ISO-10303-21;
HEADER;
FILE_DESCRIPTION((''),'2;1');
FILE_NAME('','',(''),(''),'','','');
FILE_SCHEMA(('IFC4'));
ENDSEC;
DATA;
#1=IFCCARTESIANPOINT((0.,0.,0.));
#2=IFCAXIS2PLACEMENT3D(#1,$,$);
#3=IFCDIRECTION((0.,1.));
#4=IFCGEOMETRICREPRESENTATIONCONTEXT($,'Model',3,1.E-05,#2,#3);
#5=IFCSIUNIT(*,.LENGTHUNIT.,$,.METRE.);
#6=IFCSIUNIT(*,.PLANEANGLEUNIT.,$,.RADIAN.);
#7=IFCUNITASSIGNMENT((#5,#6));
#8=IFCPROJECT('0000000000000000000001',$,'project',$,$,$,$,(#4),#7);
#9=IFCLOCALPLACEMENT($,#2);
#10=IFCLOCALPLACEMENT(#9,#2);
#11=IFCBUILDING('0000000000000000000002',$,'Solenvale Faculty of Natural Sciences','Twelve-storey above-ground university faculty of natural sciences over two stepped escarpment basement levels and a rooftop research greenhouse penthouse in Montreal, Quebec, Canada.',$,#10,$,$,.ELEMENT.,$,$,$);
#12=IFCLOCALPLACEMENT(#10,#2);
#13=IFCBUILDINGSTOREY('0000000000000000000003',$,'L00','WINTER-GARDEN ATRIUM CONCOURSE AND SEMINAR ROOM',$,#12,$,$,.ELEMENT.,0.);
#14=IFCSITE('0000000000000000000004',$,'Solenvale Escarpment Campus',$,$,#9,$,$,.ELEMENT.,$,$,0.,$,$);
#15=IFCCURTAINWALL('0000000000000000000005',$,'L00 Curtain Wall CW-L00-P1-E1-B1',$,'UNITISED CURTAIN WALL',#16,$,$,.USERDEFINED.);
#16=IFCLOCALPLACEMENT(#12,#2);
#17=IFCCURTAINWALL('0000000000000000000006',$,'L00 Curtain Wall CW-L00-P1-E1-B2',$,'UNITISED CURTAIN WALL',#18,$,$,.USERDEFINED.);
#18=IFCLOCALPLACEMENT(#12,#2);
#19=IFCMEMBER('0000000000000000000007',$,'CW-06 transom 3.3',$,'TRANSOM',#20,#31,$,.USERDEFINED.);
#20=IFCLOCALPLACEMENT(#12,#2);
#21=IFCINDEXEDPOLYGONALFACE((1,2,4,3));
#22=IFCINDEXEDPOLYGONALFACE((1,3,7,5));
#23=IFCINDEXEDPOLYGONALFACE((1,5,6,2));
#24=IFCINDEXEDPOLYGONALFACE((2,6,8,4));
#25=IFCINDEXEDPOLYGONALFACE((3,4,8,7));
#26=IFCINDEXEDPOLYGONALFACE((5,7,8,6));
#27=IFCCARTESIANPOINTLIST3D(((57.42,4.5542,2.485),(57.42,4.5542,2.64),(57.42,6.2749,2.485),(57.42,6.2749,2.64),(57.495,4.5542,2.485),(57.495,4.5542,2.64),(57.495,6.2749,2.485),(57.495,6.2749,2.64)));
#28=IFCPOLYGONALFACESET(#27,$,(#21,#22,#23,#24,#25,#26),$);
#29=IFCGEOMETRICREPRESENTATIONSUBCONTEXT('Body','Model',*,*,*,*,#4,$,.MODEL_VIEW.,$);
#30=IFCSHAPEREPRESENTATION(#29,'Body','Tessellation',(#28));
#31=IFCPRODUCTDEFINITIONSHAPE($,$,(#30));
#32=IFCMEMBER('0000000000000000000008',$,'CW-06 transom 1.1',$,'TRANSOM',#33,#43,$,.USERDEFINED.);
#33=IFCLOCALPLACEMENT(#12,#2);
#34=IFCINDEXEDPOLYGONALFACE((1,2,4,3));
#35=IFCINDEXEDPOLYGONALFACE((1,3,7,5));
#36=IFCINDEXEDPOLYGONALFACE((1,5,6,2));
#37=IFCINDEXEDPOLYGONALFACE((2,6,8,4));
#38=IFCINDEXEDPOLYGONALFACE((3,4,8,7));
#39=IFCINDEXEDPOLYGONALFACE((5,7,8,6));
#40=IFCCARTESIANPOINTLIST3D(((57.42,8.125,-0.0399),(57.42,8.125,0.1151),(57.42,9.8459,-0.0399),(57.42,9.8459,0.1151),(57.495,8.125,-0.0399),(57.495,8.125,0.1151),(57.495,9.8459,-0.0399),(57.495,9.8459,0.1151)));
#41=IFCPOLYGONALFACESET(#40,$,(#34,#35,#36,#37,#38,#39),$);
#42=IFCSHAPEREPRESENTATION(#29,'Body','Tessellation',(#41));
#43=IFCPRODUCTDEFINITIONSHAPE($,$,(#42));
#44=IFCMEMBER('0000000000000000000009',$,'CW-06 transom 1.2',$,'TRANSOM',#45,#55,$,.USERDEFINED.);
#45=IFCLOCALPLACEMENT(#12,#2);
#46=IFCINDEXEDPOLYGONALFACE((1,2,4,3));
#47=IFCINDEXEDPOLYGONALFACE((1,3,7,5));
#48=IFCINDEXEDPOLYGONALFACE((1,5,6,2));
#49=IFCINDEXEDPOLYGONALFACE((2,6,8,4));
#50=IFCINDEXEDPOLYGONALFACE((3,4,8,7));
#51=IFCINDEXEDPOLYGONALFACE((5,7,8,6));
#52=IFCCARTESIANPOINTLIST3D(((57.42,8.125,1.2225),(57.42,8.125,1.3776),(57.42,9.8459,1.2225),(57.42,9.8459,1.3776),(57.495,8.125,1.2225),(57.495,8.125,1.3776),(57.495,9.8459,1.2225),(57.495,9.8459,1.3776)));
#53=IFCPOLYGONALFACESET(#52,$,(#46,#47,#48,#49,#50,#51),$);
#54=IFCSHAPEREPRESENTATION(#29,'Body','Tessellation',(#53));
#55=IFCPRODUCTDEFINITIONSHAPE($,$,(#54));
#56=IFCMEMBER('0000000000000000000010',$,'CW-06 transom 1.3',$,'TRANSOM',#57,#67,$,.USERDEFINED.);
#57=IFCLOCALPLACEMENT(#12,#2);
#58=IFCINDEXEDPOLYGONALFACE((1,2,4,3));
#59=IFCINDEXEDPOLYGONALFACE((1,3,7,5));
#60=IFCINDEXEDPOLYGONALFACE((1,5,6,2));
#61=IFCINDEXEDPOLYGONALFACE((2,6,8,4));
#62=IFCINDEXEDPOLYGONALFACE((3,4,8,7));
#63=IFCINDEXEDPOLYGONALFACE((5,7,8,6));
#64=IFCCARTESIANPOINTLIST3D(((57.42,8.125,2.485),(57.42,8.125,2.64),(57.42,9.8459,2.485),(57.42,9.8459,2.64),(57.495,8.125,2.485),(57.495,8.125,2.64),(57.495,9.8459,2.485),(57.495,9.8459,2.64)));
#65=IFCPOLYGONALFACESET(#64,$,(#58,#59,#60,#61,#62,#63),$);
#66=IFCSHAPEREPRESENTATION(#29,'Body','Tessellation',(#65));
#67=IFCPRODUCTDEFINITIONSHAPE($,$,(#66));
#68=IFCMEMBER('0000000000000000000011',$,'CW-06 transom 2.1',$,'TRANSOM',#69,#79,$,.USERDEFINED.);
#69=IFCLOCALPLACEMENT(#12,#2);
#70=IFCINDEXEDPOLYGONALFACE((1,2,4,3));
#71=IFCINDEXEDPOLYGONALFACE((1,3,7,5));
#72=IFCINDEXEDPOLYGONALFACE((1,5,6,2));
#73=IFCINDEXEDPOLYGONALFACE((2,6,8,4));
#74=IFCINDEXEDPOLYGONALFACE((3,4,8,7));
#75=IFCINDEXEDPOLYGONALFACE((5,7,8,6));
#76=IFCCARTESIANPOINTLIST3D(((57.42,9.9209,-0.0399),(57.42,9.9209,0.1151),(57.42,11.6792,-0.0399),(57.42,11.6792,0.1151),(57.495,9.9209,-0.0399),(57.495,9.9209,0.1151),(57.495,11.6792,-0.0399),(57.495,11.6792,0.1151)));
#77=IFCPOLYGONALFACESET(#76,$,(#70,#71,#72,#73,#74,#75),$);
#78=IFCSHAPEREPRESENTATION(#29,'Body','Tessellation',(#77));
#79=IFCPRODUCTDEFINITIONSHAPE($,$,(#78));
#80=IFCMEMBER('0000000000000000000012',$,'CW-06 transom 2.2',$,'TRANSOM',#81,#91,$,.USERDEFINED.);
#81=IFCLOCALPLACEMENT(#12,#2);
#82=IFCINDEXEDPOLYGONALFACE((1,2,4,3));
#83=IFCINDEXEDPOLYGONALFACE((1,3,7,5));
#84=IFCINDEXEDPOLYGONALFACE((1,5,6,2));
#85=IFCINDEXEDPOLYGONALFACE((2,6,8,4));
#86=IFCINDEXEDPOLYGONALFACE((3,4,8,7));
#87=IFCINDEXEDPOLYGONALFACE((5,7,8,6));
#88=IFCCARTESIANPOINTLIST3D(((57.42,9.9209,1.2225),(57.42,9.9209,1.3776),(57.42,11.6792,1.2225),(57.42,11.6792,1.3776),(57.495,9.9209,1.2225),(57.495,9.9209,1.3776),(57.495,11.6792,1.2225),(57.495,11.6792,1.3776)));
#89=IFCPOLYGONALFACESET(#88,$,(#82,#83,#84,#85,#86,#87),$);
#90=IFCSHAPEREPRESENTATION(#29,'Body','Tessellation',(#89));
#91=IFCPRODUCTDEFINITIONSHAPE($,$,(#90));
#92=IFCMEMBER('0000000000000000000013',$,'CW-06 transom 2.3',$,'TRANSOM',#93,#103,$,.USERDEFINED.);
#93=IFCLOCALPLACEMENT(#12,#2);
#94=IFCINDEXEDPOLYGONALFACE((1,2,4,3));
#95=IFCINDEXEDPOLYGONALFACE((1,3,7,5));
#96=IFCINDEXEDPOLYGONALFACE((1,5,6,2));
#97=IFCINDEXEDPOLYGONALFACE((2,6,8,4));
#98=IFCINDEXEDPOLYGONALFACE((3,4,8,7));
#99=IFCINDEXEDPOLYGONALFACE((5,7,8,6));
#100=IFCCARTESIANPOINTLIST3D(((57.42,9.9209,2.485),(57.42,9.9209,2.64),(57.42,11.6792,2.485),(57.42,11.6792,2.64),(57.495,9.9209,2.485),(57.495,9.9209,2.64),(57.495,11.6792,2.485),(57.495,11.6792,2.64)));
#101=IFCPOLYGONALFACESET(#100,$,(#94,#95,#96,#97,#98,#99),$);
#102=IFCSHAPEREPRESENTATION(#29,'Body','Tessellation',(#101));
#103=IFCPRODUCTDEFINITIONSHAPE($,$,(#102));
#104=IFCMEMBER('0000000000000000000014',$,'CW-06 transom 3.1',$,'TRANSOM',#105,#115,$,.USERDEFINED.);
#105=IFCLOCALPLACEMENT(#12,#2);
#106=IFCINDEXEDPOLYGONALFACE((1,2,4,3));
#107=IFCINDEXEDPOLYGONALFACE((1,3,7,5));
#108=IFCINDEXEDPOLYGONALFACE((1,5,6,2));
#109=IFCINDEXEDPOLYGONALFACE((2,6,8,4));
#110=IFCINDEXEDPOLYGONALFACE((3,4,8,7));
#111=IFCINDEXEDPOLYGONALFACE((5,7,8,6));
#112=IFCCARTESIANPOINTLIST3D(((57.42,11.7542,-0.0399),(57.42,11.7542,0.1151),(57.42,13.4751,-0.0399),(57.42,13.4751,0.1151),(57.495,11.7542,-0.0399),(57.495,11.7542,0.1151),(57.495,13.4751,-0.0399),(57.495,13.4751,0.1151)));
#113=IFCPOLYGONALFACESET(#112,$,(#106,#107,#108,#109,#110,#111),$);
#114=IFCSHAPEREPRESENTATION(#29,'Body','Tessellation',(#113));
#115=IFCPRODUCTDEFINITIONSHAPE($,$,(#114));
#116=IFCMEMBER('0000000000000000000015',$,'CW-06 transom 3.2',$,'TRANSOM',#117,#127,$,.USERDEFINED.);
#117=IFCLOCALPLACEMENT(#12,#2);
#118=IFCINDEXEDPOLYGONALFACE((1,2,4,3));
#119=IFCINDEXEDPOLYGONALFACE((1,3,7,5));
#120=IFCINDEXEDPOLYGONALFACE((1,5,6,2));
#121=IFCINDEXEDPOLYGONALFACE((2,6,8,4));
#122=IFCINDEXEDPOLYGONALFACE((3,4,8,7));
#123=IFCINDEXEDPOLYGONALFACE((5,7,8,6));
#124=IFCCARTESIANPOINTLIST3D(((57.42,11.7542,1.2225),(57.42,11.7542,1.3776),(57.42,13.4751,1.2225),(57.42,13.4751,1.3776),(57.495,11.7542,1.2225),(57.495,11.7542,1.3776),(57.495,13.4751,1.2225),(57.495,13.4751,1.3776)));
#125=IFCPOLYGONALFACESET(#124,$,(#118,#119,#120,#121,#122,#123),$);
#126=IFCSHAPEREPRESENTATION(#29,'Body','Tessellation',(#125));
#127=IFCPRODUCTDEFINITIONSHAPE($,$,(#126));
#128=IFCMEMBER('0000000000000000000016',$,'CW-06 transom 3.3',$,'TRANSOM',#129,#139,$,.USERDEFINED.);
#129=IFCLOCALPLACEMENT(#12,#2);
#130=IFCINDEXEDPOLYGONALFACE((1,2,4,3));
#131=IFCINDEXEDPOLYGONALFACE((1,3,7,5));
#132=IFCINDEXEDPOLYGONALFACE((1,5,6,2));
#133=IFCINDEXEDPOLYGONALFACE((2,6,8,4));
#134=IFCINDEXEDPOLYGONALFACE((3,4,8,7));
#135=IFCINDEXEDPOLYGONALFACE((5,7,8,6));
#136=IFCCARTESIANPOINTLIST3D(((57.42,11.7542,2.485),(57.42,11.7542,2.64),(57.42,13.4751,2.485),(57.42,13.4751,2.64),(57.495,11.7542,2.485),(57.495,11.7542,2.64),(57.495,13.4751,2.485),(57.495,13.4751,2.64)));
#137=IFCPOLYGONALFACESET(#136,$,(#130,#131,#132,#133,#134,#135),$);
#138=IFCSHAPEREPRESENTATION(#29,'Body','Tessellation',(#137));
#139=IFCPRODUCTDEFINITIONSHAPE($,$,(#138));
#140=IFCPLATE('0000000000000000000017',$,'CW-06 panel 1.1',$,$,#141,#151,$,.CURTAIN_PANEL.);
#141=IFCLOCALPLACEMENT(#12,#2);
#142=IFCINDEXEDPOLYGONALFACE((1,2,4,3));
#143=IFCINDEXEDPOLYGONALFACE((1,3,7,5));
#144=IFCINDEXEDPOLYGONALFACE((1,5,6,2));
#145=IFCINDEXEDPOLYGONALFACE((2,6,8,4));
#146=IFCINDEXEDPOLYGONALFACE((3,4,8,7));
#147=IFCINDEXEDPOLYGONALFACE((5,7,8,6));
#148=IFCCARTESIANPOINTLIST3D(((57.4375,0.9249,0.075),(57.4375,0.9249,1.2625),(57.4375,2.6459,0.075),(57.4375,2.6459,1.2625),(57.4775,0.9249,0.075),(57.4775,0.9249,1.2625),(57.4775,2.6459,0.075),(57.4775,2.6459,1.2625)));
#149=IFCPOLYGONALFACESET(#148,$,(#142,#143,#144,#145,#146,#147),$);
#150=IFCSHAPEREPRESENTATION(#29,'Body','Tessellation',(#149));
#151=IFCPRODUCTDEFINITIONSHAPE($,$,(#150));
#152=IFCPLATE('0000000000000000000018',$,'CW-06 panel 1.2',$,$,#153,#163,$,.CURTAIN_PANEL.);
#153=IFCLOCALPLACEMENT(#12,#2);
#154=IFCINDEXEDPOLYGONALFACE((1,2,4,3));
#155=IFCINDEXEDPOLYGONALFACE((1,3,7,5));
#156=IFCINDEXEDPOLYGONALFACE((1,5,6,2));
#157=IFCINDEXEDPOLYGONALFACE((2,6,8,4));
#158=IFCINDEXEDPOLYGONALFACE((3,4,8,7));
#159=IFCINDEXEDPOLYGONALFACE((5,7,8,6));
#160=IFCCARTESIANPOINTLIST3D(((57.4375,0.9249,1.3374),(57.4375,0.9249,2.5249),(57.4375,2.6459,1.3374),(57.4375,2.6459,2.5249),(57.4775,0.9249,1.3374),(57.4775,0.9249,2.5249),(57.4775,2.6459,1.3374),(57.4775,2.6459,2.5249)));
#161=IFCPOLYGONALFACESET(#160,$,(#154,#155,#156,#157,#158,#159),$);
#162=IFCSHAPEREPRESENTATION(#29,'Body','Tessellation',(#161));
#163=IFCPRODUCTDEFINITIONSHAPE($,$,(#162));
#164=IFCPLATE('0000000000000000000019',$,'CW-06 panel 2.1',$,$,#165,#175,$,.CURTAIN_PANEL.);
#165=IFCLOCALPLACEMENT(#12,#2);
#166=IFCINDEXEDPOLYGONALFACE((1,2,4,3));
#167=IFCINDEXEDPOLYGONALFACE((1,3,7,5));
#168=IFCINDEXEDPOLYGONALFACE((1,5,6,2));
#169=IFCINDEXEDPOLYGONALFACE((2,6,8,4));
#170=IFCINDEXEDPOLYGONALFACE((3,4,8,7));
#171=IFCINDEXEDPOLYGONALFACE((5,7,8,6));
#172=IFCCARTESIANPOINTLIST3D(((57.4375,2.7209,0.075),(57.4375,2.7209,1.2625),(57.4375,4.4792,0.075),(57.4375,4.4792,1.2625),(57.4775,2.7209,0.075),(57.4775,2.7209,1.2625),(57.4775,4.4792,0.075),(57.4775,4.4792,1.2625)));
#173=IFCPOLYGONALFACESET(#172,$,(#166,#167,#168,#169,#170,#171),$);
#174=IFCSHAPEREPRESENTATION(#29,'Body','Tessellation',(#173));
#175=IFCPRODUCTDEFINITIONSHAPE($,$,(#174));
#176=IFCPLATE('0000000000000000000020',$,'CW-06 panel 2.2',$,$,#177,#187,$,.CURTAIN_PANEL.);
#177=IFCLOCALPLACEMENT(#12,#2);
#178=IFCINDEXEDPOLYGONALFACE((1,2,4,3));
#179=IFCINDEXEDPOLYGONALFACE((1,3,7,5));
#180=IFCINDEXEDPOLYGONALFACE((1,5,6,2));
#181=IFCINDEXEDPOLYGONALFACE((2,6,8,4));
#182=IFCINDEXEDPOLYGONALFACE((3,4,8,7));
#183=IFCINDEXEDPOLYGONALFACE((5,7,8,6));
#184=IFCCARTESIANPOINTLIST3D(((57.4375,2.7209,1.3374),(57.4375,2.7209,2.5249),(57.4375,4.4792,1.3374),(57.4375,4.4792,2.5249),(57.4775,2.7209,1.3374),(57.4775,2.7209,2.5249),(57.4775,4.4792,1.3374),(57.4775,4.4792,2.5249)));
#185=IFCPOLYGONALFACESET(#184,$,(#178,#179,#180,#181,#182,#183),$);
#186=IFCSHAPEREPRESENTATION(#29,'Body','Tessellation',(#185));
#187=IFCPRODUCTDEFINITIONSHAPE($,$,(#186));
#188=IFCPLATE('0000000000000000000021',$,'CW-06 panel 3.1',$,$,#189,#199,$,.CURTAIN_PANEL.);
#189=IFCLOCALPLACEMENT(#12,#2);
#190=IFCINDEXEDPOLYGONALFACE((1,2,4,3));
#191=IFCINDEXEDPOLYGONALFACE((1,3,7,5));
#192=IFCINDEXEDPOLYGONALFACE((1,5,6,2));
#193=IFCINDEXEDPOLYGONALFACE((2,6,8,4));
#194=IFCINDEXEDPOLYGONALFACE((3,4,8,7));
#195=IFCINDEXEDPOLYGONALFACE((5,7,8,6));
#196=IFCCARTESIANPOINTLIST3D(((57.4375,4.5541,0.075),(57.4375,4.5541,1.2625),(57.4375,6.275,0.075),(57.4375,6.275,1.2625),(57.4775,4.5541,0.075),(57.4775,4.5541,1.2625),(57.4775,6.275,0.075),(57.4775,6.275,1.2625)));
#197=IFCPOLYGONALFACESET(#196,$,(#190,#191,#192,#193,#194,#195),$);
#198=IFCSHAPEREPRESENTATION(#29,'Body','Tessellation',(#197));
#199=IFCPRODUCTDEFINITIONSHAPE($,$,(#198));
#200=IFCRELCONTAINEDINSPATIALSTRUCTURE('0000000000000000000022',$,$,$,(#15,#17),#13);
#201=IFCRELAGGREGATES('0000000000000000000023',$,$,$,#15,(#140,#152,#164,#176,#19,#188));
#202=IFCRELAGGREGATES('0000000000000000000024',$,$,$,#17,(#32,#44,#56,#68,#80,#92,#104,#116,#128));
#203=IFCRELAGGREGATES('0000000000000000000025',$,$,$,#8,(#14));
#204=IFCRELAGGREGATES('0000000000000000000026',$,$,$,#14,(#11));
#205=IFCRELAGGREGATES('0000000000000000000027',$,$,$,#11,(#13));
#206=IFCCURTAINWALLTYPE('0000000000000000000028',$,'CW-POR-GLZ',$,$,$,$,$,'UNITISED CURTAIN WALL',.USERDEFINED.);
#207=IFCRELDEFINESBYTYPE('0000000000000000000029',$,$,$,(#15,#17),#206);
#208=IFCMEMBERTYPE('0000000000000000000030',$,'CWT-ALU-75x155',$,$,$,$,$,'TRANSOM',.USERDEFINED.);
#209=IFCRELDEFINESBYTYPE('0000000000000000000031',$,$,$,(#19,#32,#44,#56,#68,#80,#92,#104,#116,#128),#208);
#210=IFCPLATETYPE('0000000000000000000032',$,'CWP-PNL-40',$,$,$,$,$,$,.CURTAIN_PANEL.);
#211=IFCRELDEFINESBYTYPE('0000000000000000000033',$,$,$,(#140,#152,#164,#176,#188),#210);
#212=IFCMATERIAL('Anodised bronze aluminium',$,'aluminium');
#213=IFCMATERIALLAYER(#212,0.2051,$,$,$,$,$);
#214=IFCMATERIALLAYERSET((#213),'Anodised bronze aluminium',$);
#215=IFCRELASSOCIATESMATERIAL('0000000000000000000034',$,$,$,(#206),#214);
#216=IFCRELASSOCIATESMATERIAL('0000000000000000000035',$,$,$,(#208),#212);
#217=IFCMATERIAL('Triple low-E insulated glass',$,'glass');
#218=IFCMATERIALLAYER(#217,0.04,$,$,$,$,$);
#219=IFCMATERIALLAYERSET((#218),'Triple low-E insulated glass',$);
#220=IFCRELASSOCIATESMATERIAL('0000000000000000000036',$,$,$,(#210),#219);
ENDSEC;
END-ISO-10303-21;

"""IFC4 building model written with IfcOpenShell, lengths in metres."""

from ifc_helpers import new_model, si_unit, direction, frame, origin, origin_2d, place, context, subcontext, project, spatial, rectangle, extrude, material, layer, layer_set, material_profile, profile_set, type_object, element, aggregate, save


model = new_model("IFC4")

# Units and contexts
model_context = context("Model", 3, precision=1e-05, world=origin(), true_north=direction((0.0, 1.0)))
body_context = subcontext(model_context, "Body", "Model", "MODEL_VIEW")
ifc_project = project(units=[si_unit("LENGTHUNIT", "METRE"), si_unit("PLANEANGLEUNIT", "RADIAN")], contexts=[model_context])

# Site, building, storey
site_placement = place(None, origin())
site = spatial("IfcSite", under=ifc_project, at=site_placement, Name="Solenvale Escarpment Campus", CompositionType="ELEMENT", RefElevation=0.0)
building_placement = place(site_placement, origin())
building = spatial("IfcBuilding", under=site, at=building_placement, Name="Solenvale Faculty of Natural Sciences", Description="Twelve-storey above-ground university faculty of natural sciences over two stepped escarpment basement levels and a rooftop research greenhouse penthouse in Montreal, Quebec, Canada.", CompositionType="ELEMENT")
storey_placement = place(building_placement, origin())
storey = spatial("IfcBuildingStorey", under=building, at=storey_placement, Name="L00", Description="WINTER-GARDEN ATRIUM CONCOURSE AND SEMINAR ROOM", CompositionType="ELEMENT", Elevation=0.0)

# Curtain walls
ifc_material_1 = material(Name="Anodised bronze aluminium", Category="aluminium")
ifc_layer_1 = layer(ifc_material_1, 0.2051)
ifc_layer_set_1 = layer_set([ifc_layer_1], Name="Anodised bronze aluminium")
curtain_wall_type = type_object("IfcCurtainWallType", Name="CW-POR-GLZ", ElementType="UNITISED CURTAIN WALL", PredefinedType="USERDEFINED", material=ifc_layer_set_1)
curtain_wall_1_placement = place(storey_placement, origin())
curtain_wall_1 = element("IfcCurtainWall", 1, at=curtain_wall_1_placement, inside=storey, type_object=curtain_wall_type, Name="L00 Curtain Wall CW-L00-P1-E1-B1", ObjectType="UNITISED CURTAIN WALL", PredefinedType="USERDEFINED")
curtain_wall_2_placement = place(storey_placement, origin())
curtain_wall_2 = element("IfcCurtainWall", 2, at=curtain_wall_2_placement, inside=storey, type_object=curtain_wall_type, Name="L00 Curtain Wall CW-L00-P1-E1-B2", ObjectType="UNITISED CURTAIN WALL", PredefinedType="USERDEFINED")

# Members
ifc_material_profile_1 = material_profile(ifc_material_1, rectangle(XDim=0.075, YDim=0.155, at=origin_2d()), Name="ALU-TRN-75x155")
ifc_profile_set_1 = profile_set([ifc_material_profile_1], Name="Anodised bronze aluminium")
member_type_1 = type_object("IfcMemberType", Name="CWT-ALU-75x155", ElementType="TRANSOM", PredefinedType="USERDEFINED", material=ifc_profile_set_1)
member_1_placement = place(storey_placement, frame((57.4575, 4.5542, 2.5625), z_axis=(0.0, 1.0, 0.0), x_axis=(-1.0, 0.0, 0.0)))
member_1 = element("IfcMember", 3, at=member_1_placement, type_object=member_type_1, Name="CW-06 transom 3.3", ObjectType="TRANSOM", PredefinedType="USERDEFINED", context=body_context, shape_type="SweptSolid", body=[
    extrude(rectangle(XDim=0.075, YDim=0.155, at=origin_2d()), origin(), (0.0, 0.0, 1.0), 1.7207),
])
member_2_placement = place(storey_placement, frame((57.4575, 8.125, 0.0376), z_axis=(0.0, 1.0, 0.0), x_axis=(-1.0, 0.0, 0.0)))
member_2 = element("IfcMember", 4, at=member_2_placement, type_object=member_type_1, Name="CW-06 transom 1.1", ObjectType="TRANSOM", PredefinedType="USERDEFINED", context=body_context, shape_type="SweptSolid", body=[
    extrude(rectangle(XDim=0.075, YDim=0.155, at=origin_2d()), origin(), (0.0, 0.0, 1.0), 1.7209),
])
member_3_placement = place(storey_placement, frame((57.4575, 8.125, 1.3), z_axis=(0.0, 1.0, 0.0), x_axis=(-1.0, 0.0, 0.0)))
member_3 = element("IfcMember", 5, at=member_3_placement, type_object=member_type_1, Name="CW-06 transom 1.2", ObjectType="TRANSOM", PredefinedType="USERDEFINED", context=body_context, shape_type="SweptSolid", body=[
    extrude(rectangle(XDim=0.075, YDim=0.155, at=origin_2d()), origin(), (0.0, 0.0, 1.0), 1.7209),
])
member_4_placement = place(storey_placement, frame((57.4575, 8.125, 2.5625), z_axis=(0.0, 1.0, 0.0), x_axis=(-1.0, 0.0, 0.0)))
member_4 = element("IfcMember", 6, at=member_4_placement, type_object=member_type_1, Name="CW-06 transom 1.3", ObjectType="TRANSOM", PredefinedType="USERDEFINED", context=body_context, shape_type="SweptSolid", body=[
    extrude(rectangle(XDim=0.075, YDim=0.155, at=origin_2d()), origin(), (0.0, 0.0, 1.0), 1.7209),
])
member_5_placement = place(storey_placement, frame((57.4575, 9.9209, 0.0376), z_axis=(0.0, 1.0, 0.0), x_axis=(-1.0, 0.0, 0.0)))
member_5 = element("IfcMember", 7, at=member_5_placement, type_object=member_type_1, Name="CW-06 transom 2.1", ObjectType="TRANSOM", PredefinedType="USERDEFINED", context=body_context, shape_type="SweptSolid", body=[
    extrude(rectangle(XDim=0.075, YDim=0.155, at=origin_2d()), origin(), (0.0, 0.0, 1.0), 1.7583),
])
member_6_placement = place(storey_placement, frame((57.4575, 9.9209, 1.3), z_axis=(0.0, 1.0, 0.0), x_axis=(-1.0, 0.0, 0.0)))
member_6 = element("IfcMember", 8, at=member_6_placement, type_object=member_type_1, Name="CW-06 transom 2.2", ObjectType="TRANSOM", PredefinedType="USERDEFINED", context=body_context, shape_type="SweptSolid", body=[
    extrude(rectangle(XDim=0.075, YDim=0.155, at=origin_2d()), origin(), (0.0, 0.0, 1.0), 1.7583),
])
member_7_placement = place(storey_placement, frame((57.4575, 9.9209, 2.5625), z_axis=(0.0, 1.0, 0.0), x_axis=(-1.0, 0.0, 0.0)))
member_7 = element("IfcMember", 9, at=member_7_placement, type_object=member_type_1, Name="CW-06 transom 2.3", ObjectType="TRANSOM", PredefinedType="USERDEFINED", context=body_context, shape_type="SweptSolid", body=[
    extrude(rectangle(XDim=0.075, YDim=0.155, at=origin_2d()), origin(), (0.0, 0.0, 1.0), 1.7583),
])
member_8_placement = place(storey_placement, frame((57.4575, 11.7542, 0.0376), z_axis=(0.0, 1.0, 0.0), x_axis=(-1.0, 0.0, 0.0)))
member_8 = element("IfcMember", 10, at=member_8_placement, type_object=member_type_1, Name="CW-06 transom 3.1", ObjectType="TRANSOM", PredefinedType="USERDEFINED", context=body_context, shape_type="SweptSolid", body=[
    extrude(rectangle(XDim=0.075, YDim=0.155, at=origin_2d()), origin(), (0.0, 0.0, 1.0), 1.7209),
])
member_9_placement = place(storey_placement, frame((57.4575, 11.7542, 1.3), z_axis=(0.0, 1.0, 0.0), x_axis=(-1.0, 0.0, 0.0)))
member_9 = element("IfcMember", 11, at=member_9_placement, type_object=member_type_1, Name="CW-06 transom 3.2", ObjectType="TRANSOM", PredefinedType="USERDEFINED", context=body_context, shape_type="SweptSolid", body=[
    extrude(rectangle(XDim=0.075, YDim=0.155, at=origin_2d()), origin(), (0.0, 0.0, 1.0), 1.7209),
])
member_10_placement = place(storey_placement, frame((57.4575, 11.7542, 2.5625), z_axis=(0.0, 1.0, 0.0), x_axis=(-1.0, 0.0, 0.0)))
member_10 = element("IfcMember", 12, at=member_10_placement, type_object=member_type_1, Name="CW-06 transom 3.3", ObjectType="TRANSOM", PredefinedType="USERDEFINED", context=body_context, shape_type="SweptSolid", body=[
    extrude(rectangle(XDim=0.075, YDim=0.155, at=origin_2d()), origin(), (0.0, 0.0, 1.0), 1.7209),
])

# Plates
ifc_material_2 = material(Name="Triple low-E insulated glass", Category="glass")
ifc_layer_2 = layer(ifc_material_2, 0.04)
ifc_layer_set_2 = layer_set([ifc_layer_2], Name="Triple low-E insulated glass")
plate_type_1 = type_object("IfcPlateType", Name="CWP-PNL-40", PredefinedType="CURTAIN_PANEL", material=ifc_layer_set_2)
plate_1_placement = place(storey_placement, frame((57.4575, 1.7854, 0.075), z_axis=(0.0, 0.0, 1.0), x_axis=(0.0, 1.0, 0.0)))
plate_1 = element("IfcPlate", 13, at=plate_1_placement, type_object=plate_type_1, Name="CW-06 panel 1.1", PredefinedType="CURTAIN_PANEL", context=body_context, shape_type="SweptSolid", body=[
    extrude(rectangle(XDim=1.7209, YDim=0.04, at=origin_2d()), origin(), (0.0, 0.0, 1.0), 1.1875),
])
plate_2_placement = place(storey_placement, frame((57.4575, 1.7854, 1.3374), z_axis=(0.0, 0.0, 1.0), x_axis=(0.0, 1.0, 0.0)))
plate_2 = element("IfcPlate", 14, at=plate_2_placement, type_object=plate_type_1, Name="CW-06 panel 1.2", PredefinedType="CURTAIN_PANEL", context=body_context, shape_type="SweptSolid", body=[
    extrude(rectangle(XDim=1.7209, YDim=0.04, at=origin_2d()), origin(), (0.0, 0.0, 1.0), 1.1875),
])
plate_3_placement = place(storey_placement, frame((57.4575, 3.6001, 0.075), z_axis=(0.0, 0.0, 1.0), x_axis=(0.0, 1.0, 0.0)))
plate_3 = element("IfcPlate", 15, at=plate_3_placement, type_object=plate_type_1, Name="CW-06 panel 2.1", PredefinedType="CURTAIN_PANEL", context=body_context, shape_type="SweptSolid", body=[
    extrude(rectangle(XDim=1.7583, YDim=0.04, at=origin_2d()), origin(), (0.0, 0.0, 1.0), 1.1875),
])
plate_4_placement = place(storey_placement, frame((57.4575, 3.6001, 1.3374), z_axis=(0.0, 0.0, 1.0), x_axis=(0.0, 1.0, 0.0)))
plate_4 = element("IfcPlate", 16, at=plate_4_placement, type_object=plate_type_1, Name="CW-06 panel 2.2", PredefinedType="CURTAIN_PANEL", context=body_context, shape_type="SweptSolid", body=[
    extrude(rectangle(XDim=1.7583, YDim=0.04, at=origin_2d()), origin(), (0.0, 0.0, 1.0), 1.1875),
])
plate_5_placement = place(storey_placement, frame((57.4575, 5.4146, 0.075), z_axis=(0.0, 0.0, 1.0), x_axis=(0.0, 1.0, 0.0)))
plate_5 = element("IfcPlate", 17, at=plate_5_placement, type_object=plate_type_1, Name="CW-06 panel 3.1", PredefinedType="CURTAIN_PANEL", context=body_context, shape_type="SweptSolid", body=[
    extrude(rectangle(XDim=1.7209, YDim=0.04, at=origin_2d()), origin(), (0.0, 0.0, 1.0), 1.1875),
])
aggregate(curtain_wall_1, [plate_1, plate_2, plate_3, plate_4, member_1, plate_5])
aggregate(curtain_wall_2, [member_2, member_3, member_4, member_5, member_6, member_7, member_8, member_9, member_10])

save(model, "model.ifc")
